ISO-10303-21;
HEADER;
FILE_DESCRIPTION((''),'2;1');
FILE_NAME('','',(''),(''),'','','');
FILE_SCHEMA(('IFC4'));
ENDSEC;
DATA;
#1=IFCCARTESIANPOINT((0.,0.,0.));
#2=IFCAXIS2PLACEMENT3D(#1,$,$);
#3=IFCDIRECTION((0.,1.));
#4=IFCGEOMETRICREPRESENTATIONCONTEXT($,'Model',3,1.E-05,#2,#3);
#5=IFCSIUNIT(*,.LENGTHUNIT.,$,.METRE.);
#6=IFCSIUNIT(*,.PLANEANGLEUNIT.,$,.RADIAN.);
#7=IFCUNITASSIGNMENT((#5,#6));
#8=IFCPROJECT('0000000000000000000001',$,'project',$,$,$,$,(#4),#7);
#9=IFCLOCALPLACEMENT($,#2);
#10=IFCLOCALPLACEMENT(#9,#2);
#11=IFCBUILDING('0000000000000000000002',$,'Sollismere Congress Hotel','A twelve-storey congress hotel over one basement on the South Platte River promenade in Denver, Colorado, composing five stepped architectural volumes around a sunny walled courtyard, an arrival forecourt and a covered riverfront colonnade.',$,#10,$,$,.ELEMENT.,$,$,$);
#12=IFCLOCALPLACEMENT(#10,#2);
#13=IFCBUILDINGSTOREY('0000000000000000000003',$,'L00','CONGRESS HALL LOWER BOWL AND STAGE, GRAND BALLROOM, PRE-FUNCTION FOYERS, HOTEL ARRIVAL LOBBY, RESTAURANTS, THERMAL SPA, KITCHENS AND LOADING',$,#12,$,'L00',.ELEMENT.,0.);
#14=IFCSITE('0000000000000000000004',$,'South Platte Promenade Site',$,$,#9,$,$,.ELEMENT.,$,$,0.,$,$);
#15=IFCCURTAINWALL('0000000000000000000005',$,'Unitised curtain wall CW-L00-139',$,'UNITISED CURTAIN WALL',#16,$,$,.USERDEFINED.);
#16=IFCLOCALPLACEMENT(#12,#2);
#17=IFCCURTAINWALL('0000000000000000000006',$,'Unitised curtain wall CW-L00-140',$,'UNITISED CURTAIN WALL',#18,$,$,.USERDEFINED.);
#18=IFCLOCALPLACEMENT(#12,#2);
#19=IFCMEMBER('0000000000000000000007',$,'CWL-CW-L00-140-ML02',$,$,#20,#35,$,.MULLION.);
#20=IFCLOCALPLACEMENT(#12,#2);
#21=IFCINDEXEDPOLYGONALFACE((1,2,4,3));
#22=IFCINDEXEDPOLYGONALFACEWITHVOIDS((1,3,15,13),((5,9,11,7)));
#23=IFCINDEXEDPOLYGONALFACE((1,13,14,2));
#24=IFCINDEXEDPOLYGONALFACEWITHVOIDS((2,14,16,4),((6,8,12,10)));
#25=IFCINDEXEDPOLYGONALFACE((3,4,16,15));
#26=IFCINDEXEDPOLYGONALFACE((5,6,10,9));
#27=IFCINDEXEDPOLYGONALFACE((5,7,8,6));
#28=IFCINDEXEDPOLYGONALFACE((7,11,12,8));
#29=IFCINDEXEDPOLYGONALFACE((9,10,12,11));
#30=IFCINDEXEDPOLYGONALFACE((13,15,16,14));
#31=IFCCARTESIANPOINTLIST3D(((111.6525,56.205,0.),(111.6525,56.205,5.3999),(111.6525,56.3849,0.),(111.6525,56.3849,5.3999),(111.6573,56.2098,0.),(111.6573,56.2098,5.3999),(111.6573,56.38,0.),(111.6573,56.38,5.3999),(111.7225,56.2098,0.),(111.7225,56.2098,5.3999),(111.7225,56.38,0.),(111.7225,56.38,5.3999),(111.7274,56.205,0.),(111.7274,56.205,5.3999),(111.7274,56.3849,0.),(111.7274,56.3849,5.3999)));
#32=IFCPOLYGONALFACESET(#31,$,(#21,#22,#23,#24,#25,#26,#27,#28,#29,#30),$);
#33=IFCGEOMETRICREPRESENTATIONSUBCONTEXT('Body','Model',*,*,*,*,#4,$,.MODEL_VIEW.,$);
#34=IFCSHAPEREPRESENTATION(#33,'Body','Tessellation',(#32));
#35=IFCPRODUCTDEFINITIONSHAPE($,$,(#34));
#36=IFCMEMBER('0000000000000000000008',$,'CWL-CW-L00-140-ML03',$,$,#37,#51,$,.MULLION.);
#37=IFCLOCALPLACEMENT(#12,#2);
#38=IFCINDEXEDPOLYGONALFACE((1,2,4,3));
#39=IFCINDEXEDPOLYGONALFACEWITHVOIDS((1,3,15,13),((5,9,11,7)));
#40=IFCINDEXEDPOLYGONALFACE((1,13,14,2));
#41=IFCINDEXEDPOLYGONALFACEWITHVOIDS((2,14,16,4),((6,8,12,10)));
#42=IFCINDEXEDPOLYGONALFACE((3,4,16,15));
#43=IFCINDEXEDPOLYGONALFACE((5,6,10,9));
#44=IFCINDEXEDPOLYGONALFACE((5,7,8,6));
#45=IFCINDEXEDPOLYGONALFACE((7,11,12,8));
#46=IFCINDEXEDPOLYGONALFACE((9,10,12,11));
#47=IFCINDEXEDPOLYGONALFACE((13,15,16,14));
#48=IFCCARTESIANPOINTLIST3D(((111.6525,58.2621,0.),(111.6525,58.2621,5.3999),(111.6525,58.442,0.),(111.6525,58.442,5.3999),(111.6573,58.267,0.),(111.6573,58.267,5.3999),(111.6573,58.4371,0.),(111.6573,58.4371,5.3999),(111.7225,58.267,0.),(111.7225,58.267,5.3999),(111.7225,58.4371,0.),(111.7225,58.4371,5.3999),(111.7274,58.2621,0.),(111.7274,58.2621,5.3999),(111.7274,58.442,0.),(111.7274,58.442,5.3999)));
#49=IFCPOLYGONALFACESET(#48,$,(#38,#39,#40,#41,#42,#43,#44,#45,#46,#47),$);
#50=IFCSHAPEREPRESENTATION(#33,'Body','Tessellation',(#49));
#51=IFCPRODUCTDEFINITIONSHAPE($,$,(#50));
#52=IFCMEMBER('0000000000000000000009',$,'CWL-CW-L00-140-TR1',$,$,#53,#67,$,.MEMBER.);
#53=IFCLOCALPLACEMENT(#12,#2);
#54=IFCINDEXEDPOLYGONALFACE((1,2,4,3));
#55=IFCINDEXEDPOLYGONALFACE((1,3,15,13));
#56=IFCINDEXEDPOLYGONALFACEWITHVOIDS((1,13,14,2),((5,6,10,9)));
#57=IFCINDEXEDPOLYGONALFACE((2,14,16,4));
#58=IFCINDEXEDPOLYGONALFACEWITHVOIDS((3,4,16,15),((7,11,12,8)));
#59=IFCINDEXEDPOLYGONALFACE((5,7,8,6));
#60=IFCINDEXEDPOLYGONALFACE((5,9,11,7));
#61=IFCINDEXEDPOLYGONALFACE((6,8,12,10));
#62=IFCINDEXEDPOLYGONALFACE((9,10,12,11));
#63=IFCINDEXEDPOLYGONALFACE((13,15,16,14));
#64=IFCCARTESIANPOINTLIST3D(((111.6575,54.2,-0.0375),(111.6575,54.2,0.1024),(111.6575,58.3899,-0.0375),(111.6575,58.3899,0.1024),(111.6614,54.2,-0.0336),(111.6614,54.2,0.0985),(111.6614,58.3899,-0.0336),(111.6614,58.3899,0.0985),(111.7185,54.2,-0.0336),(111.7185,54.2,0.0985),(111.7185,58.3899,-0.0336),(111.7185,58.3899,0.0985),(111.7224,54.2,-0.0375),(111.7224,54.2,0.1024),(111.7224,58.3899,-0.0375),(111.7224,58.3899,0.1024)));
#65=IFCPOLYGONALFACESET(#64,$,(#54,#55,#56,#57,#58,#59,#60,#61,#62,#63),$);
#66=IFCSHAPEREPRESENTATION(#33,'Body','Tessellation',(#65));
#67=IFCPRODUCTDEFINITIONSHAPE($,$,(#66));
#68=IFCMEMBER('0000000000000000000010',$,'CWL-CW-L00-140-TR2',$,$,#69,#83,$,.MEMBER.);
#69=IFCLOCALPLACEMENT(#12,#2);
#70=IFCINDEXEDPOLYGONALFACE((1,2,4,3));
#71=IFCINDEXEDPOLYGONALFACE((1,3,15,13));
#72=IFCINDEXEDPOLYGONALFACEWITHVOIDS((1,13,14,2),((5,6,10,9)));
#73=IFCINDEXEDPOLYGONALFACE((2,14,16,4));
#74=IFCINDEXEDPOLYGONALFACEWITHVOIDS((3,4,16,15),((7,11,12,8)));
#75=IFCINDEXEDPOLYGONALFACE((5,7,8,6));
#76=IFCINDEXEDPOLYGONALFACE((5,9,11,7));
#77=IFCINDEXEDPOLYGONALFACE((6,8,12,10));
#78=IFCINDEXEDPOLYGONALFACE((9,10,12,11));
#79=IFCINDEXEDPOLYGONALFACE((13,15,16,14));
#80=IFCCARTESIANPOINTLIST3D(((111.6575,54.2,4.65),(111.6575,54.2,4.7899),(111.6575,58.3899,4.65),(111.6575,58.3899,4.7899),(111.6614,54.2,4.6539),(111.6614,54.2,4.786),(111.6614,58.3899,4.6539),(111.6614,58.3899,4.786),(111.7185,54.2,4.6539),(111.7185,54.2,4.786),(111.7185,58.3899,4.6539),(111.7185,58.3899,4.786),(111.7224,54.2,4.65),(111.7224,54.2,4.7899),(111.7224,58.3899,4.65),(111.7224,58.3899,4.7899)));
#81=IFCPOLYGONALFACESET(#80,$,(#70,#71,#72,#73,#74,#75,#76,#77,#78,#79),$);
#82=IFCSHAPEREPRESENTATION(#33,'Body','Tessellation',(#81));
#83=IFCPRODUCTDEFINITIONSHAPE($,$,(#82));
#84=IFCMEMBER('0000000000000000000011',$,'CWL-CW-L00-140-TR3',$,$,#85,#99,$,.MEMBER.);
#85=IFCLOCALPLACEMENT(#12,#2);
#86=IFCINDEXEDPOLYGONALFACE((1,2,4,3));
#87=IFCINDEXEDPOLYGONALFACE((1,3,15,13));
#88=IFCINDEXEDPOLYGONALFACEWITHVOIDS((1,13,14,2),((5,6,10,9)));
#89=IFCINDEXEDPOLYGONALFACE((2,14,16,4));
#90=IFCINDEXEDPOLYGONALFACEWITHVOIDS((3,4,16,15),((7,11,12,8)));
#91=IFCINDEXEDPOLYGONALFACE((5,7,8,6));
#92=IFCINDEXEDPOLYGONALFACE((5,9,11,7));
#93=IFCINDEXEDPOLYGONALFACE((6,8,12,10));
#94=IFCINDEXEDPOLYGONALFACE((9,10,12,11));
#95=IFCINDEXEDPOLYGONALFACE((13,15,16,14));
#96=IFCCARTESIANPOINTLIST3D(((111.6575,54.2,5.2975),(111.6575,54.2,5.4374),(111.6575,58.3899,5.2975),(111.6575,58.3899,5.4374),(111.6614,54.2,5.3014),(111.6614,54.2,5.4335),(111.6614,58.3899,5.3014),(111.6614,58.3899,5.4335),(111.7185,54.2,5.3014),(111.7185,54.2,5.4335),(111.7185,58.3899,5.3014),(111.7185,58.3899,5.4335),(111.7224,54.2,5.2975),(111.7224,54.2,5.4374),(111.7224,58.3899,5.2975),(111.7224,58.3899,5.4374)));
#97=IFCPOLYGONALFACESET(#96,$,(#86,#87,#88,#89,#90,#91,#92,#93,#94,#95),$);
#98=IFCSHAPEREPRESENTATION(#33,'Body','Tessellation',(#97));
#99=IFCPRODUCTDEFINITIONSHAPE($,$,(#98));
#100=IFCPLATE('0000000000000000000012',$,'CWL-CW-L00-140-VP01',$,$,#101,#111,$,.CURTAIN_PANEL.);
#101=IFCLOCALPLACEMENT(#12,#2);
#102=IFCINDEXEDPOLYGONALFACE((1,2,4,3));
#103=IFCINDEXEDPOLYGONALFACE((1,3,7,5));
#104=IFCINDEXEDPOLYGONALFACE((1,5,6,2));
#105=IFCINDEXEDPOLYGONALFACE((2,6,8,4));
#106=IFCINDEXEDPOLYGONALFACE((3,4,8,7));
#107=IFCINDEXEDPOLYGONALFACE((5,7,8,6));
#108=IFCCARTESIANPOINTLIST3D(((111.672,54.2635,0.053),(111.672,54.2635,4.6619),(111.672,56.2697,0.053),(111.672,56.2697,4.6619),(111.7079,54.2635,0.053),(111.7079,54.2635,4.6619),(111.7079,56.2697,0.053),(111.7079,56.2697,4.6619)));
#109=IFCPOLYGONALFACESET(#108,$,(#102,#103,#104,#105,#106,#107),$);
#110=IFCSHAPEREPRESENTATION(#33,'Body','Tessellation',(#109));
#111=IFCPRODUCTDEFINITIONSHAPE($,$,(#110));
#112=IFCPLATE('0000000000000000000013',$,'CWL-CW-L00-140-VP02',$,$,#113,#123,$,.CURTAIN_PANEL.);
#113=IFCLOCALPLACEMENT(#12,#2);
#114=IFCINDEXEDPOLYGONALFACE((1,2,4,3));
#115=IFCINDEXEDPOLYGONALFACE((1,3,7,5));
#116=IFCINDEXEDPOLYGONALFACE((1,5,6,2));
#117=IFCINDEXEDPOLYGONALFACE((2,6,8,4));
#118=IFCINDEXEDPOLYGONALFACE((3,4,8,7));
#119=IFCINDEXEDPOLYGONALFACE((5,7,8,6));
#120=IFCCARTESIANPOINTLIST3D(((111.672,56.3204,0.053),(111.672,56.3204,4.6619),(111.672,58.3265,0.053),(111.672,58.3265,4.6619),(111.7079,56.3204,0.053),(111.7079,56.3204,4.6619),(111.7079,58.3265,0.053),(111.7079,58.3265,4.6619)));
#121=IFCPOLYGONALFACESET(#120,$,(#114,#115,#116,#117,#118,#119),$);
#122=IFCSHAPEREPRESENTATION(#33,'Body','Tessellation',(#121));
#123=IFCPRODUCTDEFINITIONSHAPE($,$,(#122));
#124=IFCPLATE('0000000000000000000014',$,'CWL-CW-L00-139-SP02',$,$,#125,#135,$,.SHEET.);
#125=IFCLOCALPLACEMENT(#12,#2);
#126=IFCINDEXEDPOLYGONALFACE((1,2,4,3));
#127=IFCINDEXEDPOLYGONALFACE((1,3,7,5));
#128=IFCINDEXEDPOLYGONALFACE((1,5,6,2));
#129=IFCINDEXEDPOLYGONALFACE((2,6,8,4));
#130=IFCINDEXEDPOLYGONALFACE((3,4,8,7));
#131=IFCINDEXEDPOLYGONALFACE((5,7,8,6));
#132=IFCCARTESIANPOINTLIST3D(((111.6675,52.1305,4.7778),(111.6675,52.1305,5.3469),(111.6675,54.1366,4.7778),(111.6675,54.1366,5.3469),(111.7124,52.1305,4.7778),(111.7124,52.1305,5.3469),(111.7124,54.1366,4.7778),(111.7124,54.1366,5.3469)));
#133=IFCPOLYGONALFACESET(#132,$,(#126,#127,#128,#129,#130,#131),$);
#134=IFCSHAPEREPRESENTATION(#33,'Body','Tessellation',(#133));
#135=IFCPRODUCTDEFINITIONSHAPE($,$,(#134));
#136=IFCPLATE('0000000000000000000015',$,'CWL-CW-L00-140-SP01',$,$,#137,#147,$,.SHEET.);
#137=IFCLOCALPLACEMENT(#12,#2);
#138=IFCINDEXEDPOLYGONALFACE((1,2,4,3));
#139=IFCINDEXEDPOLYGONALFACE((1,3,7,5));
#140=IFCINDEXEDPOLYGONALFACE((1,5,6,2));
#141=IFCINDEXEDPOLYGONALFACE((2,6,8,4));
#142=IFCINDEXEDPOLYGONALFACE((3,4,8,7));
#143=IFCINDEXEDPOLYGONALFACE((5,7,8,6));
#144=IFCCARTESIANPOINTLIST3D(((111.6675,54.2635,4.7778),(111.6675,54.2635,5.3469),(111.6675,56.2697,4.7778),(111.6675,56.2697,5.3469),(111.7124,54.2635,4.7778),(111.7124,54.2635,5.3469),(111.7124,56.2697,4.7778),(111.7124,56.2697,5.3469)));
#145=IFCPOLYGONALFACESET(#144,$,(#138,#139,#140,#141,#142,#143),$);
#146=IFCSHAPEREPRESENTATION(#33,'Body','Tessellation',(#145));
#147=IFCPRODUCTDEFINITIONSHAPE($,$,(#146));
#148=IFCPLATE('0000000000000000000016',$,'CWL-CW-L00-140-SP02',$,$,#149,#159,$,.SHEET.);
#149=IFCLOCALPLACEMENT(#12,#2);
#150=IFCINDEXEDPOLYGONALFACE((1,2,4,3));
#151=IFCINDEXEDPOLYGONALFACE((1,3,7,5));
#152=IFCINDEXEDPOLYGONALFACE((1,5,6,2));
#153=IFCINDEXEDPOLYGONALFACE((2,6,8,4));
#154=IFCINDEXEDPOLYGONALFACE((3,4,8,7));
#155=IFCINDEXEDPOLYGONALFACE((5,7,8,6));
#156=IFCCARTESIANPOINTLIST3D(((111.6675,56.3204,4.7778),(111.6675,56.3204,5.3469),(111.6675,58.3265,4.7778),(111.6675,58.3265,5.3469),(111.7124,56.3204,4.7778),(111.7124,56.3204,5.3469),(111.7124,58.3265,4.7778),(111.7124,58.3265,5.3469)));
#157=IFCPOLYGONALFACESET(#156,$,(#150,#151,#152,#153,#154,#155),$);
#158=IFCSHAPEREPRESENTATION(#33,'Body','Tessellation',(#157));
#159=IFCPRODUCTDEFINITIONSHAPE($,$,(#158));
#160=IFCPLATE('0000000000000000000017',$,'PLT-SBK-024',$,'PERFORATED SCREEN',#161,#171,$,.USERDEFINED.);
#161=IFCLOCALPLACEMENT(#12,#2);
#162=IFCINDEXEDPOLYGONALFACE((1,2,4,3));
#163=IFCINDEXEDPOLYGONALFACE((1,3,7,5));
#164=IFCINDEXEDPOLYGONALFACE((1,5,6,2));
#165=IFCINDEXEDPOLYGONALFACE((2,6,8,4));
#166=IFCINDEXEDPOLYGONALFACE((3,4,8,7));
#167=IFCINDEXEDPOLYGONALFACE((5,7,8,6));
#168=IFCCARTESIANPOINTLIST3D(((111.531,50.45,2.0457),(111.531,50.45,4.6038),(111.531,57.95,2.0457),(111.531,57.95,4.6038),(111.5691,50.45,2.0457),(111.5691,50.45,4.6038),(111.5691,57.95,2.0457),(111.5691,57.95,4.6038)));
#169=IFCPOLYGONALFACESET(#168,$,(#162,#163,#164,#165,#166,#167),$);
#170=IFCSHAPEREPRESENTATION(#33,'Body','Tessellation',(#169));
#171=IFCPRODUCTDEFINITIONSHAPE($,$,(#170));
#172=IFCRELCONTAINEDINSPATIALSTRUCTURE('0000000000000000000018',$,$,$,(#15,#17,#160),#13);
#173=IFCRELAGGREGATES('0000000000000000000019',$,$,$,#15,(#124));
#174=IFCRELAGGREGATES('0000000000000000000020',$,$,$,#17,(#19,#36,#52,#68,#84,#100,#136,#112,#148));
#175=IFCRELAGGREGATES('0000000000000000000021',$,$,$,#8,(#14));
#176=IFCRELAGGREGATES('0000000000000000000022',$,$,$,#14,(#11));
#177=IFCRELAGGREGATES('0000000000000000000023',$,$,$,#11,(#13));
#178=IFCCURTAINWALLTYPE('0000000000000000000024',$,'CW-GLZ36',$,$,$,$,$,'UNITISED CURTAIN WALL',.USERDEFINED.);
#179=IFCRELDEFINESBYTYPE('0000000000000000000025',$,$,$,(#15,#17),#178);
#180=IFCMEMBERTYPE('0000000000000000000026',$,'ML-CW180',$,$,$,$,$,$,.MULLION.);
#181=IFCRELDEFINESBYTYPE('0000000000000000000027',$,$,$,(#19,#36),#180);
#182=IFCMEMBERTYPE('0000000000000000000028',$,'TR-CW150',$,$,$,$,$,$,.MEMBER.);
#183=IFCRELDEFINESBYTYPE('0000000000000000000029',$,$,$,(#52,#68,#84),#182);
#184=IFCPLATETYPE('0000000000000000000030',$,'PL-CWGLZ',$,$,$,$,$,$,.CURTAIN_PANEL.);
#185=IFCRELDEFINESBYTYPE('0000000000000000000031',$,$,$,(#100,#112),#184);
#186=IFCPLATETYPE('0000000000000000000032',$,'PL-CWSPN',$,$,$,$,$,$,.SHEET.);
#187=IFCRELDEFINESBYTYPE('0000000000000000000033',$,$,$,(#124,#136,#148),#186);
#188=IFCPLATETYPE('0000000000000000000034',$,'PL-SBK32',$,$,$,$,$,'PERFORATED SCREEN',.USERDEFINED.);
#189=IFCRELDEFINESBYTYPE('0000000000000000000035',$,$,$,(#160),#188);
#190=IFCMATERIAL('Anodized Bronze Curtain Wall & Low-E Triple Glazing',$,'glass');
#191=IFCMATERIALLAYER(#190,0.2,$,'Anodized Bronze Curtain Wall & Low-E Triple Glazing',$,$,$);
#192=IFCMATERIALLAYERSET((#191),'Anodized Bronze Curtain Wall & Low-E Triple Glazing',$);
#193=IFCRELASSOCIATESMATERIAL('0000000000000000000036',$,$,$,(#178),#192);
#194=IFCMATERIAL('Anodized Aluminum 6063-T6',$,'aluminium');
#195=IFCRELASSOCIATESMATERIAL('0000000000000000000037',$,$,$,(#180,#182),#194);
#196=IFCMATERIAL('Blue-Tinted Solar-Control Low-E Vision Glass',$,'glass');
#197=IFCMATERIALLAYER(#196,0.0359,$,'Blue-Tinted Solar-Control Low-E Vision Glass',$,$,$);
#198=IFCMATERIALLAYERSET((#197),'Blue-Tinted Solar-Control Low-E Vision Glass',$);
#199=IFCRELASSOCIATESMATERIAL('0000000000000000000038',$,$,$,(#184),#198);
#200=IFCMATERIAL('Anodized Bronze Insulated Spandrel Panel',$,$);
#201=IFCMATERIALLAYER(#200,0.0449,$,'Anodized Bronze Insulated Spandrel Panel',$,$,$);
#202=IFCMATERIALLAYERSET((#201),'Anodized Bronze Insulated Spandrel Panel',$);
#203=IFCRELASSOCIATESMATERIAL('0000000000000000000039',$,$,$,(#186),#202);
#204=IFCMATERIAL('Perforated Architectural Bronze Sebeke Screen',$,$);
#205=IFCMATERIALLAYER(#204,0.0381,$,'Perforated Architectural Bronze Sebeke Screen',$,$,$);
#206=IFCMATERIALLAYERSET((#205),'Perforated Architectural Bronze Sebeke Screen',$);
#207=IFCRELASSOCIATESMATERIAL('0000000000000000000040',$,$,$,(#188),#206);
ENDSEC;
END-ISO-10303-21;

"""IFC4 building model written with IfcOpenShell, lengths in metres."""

from ifc_helpers import new_model, si_unit, direction, frame, origin, origin_2d, place, context, subcontext, project, spatial, rectangle, hollow_rectangle, extrude, material, layer, layer_set, material_profile, profile_set, type_object, element, aggregate, save


model = new_model("IFC4")

# Units and contexts
model_context = context("Model", 3, precision=1e-05, world=origin(), true_north=direction((0.0, 1.0)))
body_context = subcontext(model_context, "Body", "Model", "MODEL_VIEW")
ifc_project = project(units=[si_unit("LENGTHUNIT", "METRE"), si_unit("PLANEANGLEUNIT", "RADIAN")], contexts=[model_context])

# Site, building, storey
site_placement = place(None, origin())
site = spatial("IfcSite", under=ifc_project, at=site_placement, Name="South Platte Promenade Site", CompositionType="ELEMENT", RefElevation=0.0)
building_placement = place(site_placement, origin())
building = spatial("IfcBuilding", under=site, at=building_placement, Name="Sollismere Congress Hotel", Description="A twelve-storey congress hotel over one basement on the South Platte River promenade in Denver, Colorado, composing five stepped architectural volumes around a sunny walled courtyard, an arrival forecourt and a covered riverfront colonnade.", CompositionType="ELEMENT")
storey_placement = place(building_placement, origin())
storey = spatial("IfcBuildingStorey", under=building, at=storey_placement, Name="L00", Description="CONGRESS HALL LOWER BOWL AND STAGE, GRAND BALLROOM, PRE-FUNCTION FOYERS, HOTEL ARRIVAL LOBBY, RESTAURANTS, THERMAL SPA, KITCHENS AND LOADING", LongName="L00", CompositionType="ELEMENT", Elevation=0.0)

# Curtain wall
ifc_material_1 = material(Name="Anodized Bronze Curtain Wall & Low-E Triple Glazing", Category="glass")
ifc_layer_1 = layer(ifc_material_1, 0.2, Name="Anodized Bronze Curtain Wall & Low-E Triple Glazing")
ifc_layer_set_1 = layer_set([ifc_layer_1], Name="Anodized Bronze Curtain Wall & Low-E Triple Glazing")
curtain_wall_type = type_object("IfcCurtainWallType", Name="CW-GLZ36", ElementType="UNITISED CURTAIN WALL", PredefinedType="USERDEFINED", material=ifc_layer_set_1)
curtain_wall_1_placement = place(storey_placement, origin())
curtain_wall_1 = element("IfcCurtainWall", 1, at=curtain_wall_1_placement, inside=storey, type_object=curtain_wall_type, Name="Unitised curtain wall CW-L00-139", ObjectType="UNITISED CURTAIN WALL", PredefinedType="USERDEFINED")
ifc_material_2 = material(Name="Anodized Aluminum 6063-T6", Category="aluminium")
ifc_material_profile_1 = material_profile(ifc_material_2, hollow_rectangle(XDim=0.075, YDim=0.1799, WallThickness=0.0049, at=origin_2d()), Name="ALU180X75X5")
ifc_profile_set_1 = profile_set([ifc_material_profile_1], Name="Anodized Aluminum 6063-T6")
member_type_1 = type_object("IfcMemberType", Name="ML-CW180", PredefinedType="MULLION", material=ifc_profile_set_1)

# Curtain wall, members, plates
curtain_wall_2_placement = place(storey_placement, origin())
curtain_wall_2 = element("IfcCurtainWall", 2, at=curtain_wall_2_placement, inside=storey, type_object=curtain_wall_type, Name="Unitised curtain wall CW-L00-140", ObjectType="UNITISED CURTAIN WALL", PredefinedType="USERDEFINED")
member_1_placement = place(storey_placement, frame((111.6899, 56.2949, 0.0), z_axis=(0.0, 0.0, 1.0), x_axis=(-1.0, 0.0, 0.0)))
member_1 = element("IfcMember", 3, at=member_1_placement, type_object=member_type_1, Name="CWL-CW-L00-140-ML02", PredefinedType="MULLION", context=body_context, shape_type="SweptSolid", body=[
    extrude(hollow_rectangle(XDim=0.075, YDim=0.1799, WallThickness=0.0049, at=origin_2d()), origin(), (0.0, 0.0, 1.0), 5.3999),
])
member_2_placement = place(storey_placement, frame((111.6899, 58.3521, 0.0), z_axis=(0.0, 0.0, 1.0), x_axis=(-1.0, 0.0, 0.0)))
member_2 = element("IfcMember", 4, at=member_2_placement, type_object=member_type_1, Name="CWL-CW-L00-140-ML03", PredefinedType="MULLION", context=body_context, shape_type="SweptSolid", body=[
    extrude(hollow_rectangle(XDim=0.075, YDim=0.1799, WallThickness=0.0049, at=origin_2d()), origin(), (0.0, 0.0, 1.0), 5.3999),
])
ifc_material_profile_2 = material_profile(ifc_material_2, hollow_rectangle(XDim=0.0649, YDim=0.1399, WallThickness=0.0039, at=origin_2d()), Name="ALU140X65X4")
ifc_profile_set_2 = profile_set([ifc_material_profile_2], Name="Anodized Aluminum 6063-T6")
member_type_2 = type_object("IfcMemberType", Name="TR-CW150", PredefinedType="MEMBER", material=ifc_profile_set_2)
member_3_placement = place(storey_placement, frame((111.6899, 54.2, 0.0325), z_axis=(0.0, 1.0, 0.0), x_axis=(-1.0, 0.0, 0.0)))
member_3 = element("IfcMember", 5, at=member_3_placement, type_object=member_type_2, Name="CWL-CW-L00-140-TR1", PredefinedType="MEMBER", context=body_context, shape_type="SweptSolid", body=[
    extrude(hollow_rectangle(XDim=0.0649, YDim=0.1399, WallThickness=0.0039, at=origin_2d()), origin(), (0.0, 0.0, 1.0), 4.1899),
])
member_4_placement = place(storey_placement, frame((111.6899, 54.2, 4.72), z_axis=(0.0, 1.0, 0.0), x_axis=(-1.0, 0.0, 0.0)))
member_4 = element("IfcMember", 6, at=member_4_placement, type_object=member_type_2, Name="CWL-CW-L00-140-TR2", PredefinedType="MEMBER", context=body_context, shape_type="SweptSolid", body=[
    extrude(hollow_rectangle(XDim=0.0649, YDim=0.1399, WallThickness=0.0039, at=origin_2d()), origin(), (0.0, 0.0, 1.0), 4.1899),
])
member_5_placement = place(storey_placement, frame((111.6899, 54.2, 5.3674), z_axis=(0.0, 1.0, 0.0), x_axis=(-1.0, 0.0, 0.0)))
member_5 = element("IfcMember", 7, at=member_5_placement, type_object=member_type_2, Name="CWL-CW-L00-140-TR3", PredefinedType="MEMBER", context=body_context, shape_type="SweptSolid", body=[
    extrude(hollow_rectangle(XDim=0.0649, YDim=0.1399, WallThickness=0.0039, at=origin_2d()), origin(), (0.0, 0.0, 1.0), 4.1899),
])
ifc_material_3 = material(Name="Blue-Tinted Solar-Control Low-E Vision Glass", Category="glass")
ifc_layer_2 = layer(ifc_material_3, 0.0359, Name="Blue-Tinted Solar-Control Low-E Vision Glass")
ifc_layer_set_2 = layer_set([ifc_layer_2], Name="Blue-Tinted Solar-Control Low-E Vision Glass")
plate_type_1 = type_object("IfcPlateType", Name="PL-CWGLZ", PredefinedType="CURTAIN_PANEL", material=ifc_layer_set_2)
plate_1_placement = place(storey_placement, frame((111.6899, 55.2666, 0.053), z_axis=(0.0, 0.0, 1.0), x_axis=(0.0, 1.0, 0.0)))
plate_1 = element("IfcPlate", 8, at=plate_1_placement, type_object=plate_type_1, Name="CWL-CW-L00-140-VP01", PredefinedType="CURTAIN_PANEL", context=body_context, shape_type="SweptSolid", body=[
    extrude(rectangle(XDim=2.0061, YDim=0.0359, at=origin_2d()), origin(), (0.0, 0.0, 1.0), 4.6089),
])
plate_2_placement = place(storey_placement, frame((111.6899, 57.3235, 0.053), z_axis=(0.0, 0.0, 1.0), x_axis=(0.0, 1.0, 0.0)))
plate_2 = element("IfcPlate", 9, at=plate_2_placement, type_object=plate_type_1, Name="CWL-CW-L00-140-VP02", PredefinedType="CURTAIN_PANEL", context=body_context, shape_type="SweptSolid", body=[
    extrude(rectangle(XDim=2.0061, YDim=0.0359, at=origin_2d()), origin(), (0.0, 0.0, 1.0), 4.6089),
])

# Plates
ifc_material_4 = material(Name="Anodized Bronze Insulated Spandrel Panel")
ifc_layer_3 = layer(ifc_material_4, 0.0449, Name="Anodized Bronze Insulated Spandrel Panel")
ifc_layer_set_3 = layer_set([ifc_layer_3], Name="Anodized Bronze Insulated Spandrel Panel")
plate_type_2 = type_object("IfcPlateType", Name="PL-CWSPN", PredefinedType="SHEET", material=ifc_layer_set_3)
plate_3_placement = place(storey_placement, frame((111.6899, 53.1335, 4.7778), z_axis=(0.0, 0.0, 1.0), x_axis=(0.0, 1.0, 0.0)))
plate_3 = element("IfcPlate", 10, at=plate_3_placement, type_object=plate_type_2, Name="CWL-CW-L00-139-SP02", PredefinedType="SHEET", context=body_context, shape_type="SweptSolid", body=[
    extrude(rectangle(XDim=2.0061, YDim=0.0449, at=origin_2d()), origin(), (0.0, 0.0, 1.0), 0.5691),
])
aggregate(curtain_wall_1, [plate_3])
plate_4_placement = place(storey_placement, frame((111.6899, 55.2666, 4.7778), z_axis=(0.0, 0.0, 1.0), x_axis=(0.0, 1.0, 0.0)))
plate_4 = element("IfcPlate", 11, at=plate_4_placement, type_object=plate_type_2, Name="CWL-CW-L00-140-SP01", PredefinedType="SHEET", context=body_context, shape_type="SweptSolid", body=[
    extrude(rectangle(XDim=2.0061, YDim=0.0449, at=origin_2d()), origin(), (0.0, 0.0, 1.0), 0.5691),
])
plate_5_placement = place(storey_placement, frame((111.6899, 57.3235, 4.7778), z_axis=(0.0, 0.0, 1.0), x_axis=(0.0, 1.0, 0.0)))
plate_5 = element("IfcPlate", 12, at=plate_5_placement, type_object=plate_type_2, Name="CWL-CW-L00-140-SP02", PredefinedType="SHEET", context=body_context, shape_type="SweptSolid", body=[
    extrude(rectangle(XDim=2.0061, YDim=0.0449, at=origin_2d()), origin(), (0.0, 0.0, 1.0), 0.5691),
])
aggregate(curtain_wall_2, [member_1, member_2, member_3, member_4, member_5, plate_1, plate_4, plate_2, plate_5])
ifc_material_5 = material(Name="Perforated Architectural Bronze Sebeke Screen")
ifc_layer_4 = layer(ifc_material_5, 0.0381, Name="Perforated Architectural Bronze Sebeke Screen")
ifc_layer_set_4 = layer_set([ifc_layer_4], Name="Perforated Architectural Bronze Sebeke Screen")
plate_type_3 = type_object("IfcPlateType", Name="PL-SBK32", ElementType="PERFORATED SCREEN", PredefinedType="USERDEFINED", material=ifc_layer_set_4)
plate_6_placement = place(storey_placement, frame((111.55, 54.2, 2.0457), z_axis=(0.0, 0.0, 1.0), x_axis=(0.0, 1.0, 0.0)))
element("IfcPlate", 13, at=plate_6_placement, inside=storey, type_object=plate_type_3, Name="PLT-SBK-024", ObjectType="PERFORATED SCREEN", PredefinedType="USERDEFINED", context=body_context, shape_type="SweptSolid", body=[
    extrude(rectangle(XDim=7.5, YDim=0.0381, at=origin_2d()), origin(), (0.0, 0.0, 1.0), 2.5581),
])

save(model, "model.ifc")
